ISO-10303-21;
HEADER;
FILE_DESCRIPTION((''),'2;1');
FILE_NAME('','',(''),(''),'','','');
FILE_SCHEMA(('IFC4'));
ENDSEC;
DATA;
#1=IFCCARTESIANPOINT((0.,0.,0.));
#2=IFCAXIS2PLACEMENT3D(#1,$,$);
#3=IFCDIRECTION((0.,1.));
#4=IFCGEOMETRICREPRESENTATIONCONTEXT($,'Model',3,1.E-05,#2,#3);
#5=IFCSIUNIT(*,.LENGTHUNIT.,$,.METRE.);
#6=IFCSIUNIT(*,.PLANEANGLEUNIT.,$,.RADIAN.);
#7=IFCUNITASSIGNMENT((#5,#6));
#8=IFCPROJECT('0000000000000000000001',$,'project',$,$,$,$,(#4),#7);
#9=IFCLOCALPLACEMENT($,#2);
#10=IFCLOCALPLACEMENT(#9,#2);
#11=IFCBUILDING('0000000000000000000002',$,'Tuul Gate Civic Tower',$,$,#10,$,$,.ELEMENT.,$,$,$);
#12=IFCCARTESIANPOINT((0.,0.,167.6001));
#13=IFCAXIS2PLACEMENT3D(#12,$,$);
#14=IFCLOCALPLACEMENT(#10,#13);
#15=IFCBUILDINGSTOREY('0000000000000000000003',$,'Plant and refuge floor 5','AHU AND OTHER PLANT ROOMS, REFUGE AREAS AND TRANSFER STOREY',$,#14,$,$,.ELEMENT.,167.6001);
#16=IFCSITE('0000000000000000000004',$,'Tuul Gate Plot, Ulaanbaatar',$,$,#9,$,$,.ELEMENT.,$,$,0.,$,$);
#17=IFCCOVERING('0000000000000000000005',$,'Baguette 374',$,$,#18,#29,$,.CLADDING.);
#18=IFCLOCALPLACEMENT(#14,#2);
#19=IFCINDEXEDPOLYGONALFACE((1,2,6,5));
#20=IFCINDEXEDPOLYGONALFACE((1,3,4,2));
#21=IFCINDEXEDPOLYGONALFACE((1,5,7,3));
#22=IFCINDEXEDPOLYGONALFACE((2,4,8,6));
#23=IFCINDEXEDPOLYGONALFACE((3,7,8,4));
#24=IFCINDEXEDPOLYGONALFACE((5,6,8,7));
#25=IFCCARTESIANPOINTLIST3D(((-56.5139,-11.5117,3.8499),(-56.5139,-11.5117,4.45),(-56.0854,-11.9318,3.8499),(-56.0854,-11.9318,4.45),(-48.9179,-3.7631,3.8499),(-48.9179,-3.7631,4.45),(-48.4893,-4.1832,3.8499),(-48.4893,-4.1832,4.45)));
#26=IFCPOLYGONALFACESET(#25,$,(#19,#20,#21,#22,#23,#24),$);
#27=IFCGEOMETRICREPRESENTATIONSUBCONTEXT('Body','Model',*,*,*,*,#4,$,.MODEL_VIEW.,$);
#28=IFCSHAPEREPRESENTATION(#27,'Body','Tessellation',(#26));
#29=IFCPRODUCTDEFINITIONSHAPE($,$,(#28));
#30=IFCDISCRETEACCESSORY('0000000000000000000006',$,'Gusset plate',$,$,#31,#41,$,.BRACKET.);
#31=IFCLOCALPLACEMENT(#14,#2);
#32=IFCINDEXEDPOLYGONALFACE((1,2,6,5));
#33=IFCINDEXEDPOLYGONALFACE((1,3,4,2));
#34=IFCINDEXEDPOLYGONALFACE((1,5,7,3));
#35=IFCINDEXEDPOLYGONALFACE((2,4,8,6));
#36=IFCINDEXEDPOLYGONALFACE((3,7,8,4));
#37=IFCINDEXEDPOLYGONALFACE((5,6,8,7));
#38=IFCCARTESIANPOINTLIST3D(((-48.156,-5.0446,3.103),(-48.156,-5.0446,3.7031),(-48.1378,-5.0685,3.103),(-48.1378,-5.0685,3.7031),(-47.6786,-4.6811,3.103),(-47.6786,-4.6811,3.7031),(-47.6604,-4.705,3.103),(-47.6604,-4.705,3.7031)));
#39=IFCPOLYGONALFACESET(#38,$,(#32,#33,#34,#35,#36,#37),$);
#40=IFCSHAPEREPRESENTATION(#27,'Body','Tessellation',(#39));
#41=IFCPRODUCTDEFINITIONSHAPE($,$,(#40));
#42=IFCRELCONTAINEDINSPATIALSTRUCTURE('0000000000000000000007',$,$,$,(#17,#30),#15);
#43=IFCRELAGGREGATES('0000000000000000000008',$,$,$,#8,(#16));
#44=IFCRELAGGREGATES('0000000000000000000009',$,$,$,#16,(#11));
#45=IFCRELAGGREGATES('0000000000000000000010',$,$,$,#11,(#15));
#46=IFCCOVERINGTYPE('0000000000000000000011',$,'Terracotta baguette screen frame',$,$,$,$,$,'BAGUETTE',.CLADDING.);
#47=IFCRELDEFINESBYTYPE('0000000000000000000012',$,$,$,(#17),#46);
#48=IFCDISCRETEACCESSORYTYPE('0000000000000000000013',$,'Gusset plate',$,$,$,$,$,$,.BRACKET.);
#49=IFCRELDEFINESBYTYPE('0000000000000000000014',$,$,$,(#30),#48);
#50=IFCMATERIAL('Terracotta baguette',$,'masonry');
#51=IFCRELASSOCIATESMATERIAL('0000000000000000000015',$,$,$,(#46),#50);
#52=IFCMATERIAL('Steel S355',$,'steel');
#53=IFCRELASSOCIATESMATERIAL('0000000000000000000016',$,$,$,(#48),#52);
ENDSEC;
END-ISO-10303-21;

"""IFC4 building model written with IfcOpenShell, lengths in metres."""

from ifc_helpers import new_model, si_unit, direction, frame, origin, origin_2d, place, context, subcontext, project, spatial, rectangle, extrude, material, material_profile, profile_set, type_object, element, save


model = new_model("IFC4")

# Units and contexts
model_context = context("Model", 3, precision=1e-05, world=origin(), true_north=direction((0.0, 1.0)))
body_context = subcontext(model_context, "Body", "Model", "MODEL_VIEW")
ifc_project = project(units=[si_unit("LENGTHUNIT", "METRE"), si_unit("PLANEANGLEUNIT", "RADIAN")], contexts=[model_context])

# Site, building, storey
site_placement = place(None, origin())
site = spatial("IfcSite", under=ifc_project, at=site_placement, Name="Tuul Gate Plot, Ulaanbaatar", CompositionType="ELEMENT", RefElevation=0.0)
building_placement = place(site_placement, origin())
building = spatial("IfcBuilding", under=site, at=building_placement, Name="Tuul Gate Civic Tower", CompositionType="ELEMENT")
storey_placement = place(building_placement, frame((0.0, 0.0, 167.6001)))
storey = spatial("IfcBuildingStorey", under=building, at=storey_placement, Name="Plant and refuge floor 5", Description="AHU AND OTHER PLANT ROOMS, REFUGE AREAS AND TRANSFER STOREY", CompositionType="ELEMENT", Elevation=167.6001)

# Covering
ifc_material_1 = material(Name="Terracotta baguette", Category="masonry")
ifc_material_profile_1 = material_profile(ifc_material_1, rectangle(XDim=0.6001, YDim=0.6001, at=origin_2d()), Name="Terracotta baguette screen frame")
ifc_profile_set_1 = profile_set([ifc_material_profile_1], Name="Terracotta baguette")
covering_type = type_object("IfcCoveringType", Name="Terracotta baguette screen frame", ElementType="BAGUETTE", PredefinedType="CLADDING", material=ifc_profile_set_1)
covering_1_placement = place(storey_placement, frame((-48.7036, -3.9731, 4.1499), z_axis=(-0.700041, -0.714103, 0.0), x_axis=(0.714103, -0.700041, 0.0)))
element("IfcCovering", 1, at=covering_1_placement, inside=storey, type_object=covering_type, Name="Baguette 374", PredefinedType="CLADDING", context=body_context, shape_type="SweptSolid", body=[
    extrude(rectangle(XDim=0.6001, YDim=0.6001, at=origin_2d()), origin(), (0.0, 0.0, 1.0), 10.8508),
])

# Discrete accessory
ifc_material_2 = material(Name="Steel S355", Category="steel")
discrete_accessory_type = type_object("IfcDiscreteAccessoryType", Name="Gusset plate", PredefinedType="BRACKET", material=ifc_material_2)
discrete_accessory_placement = place(storey_placement, frame((-47.9082, -4.8748, 3.103), z_axis=(0.0, 0.0, 1.0), x_axis=(0.795664, 0.605738, 0.0)))
element("IfcDiscreteAccessory", 2, at=discrete_accessory_placement, inside=storey, type_object=discrete_accessory_type, Name="Gusset plate", PredefinedType="BRACKET", context=body_context, shape_type="SweptSolid", body=[
    extrude(rectangle(XDim=0.6001, YDim=0.03, at=origin_2d()), origin(), (0.0, 0.0, 1.0), 0.6001),
])

save(model, "model.ifc")
